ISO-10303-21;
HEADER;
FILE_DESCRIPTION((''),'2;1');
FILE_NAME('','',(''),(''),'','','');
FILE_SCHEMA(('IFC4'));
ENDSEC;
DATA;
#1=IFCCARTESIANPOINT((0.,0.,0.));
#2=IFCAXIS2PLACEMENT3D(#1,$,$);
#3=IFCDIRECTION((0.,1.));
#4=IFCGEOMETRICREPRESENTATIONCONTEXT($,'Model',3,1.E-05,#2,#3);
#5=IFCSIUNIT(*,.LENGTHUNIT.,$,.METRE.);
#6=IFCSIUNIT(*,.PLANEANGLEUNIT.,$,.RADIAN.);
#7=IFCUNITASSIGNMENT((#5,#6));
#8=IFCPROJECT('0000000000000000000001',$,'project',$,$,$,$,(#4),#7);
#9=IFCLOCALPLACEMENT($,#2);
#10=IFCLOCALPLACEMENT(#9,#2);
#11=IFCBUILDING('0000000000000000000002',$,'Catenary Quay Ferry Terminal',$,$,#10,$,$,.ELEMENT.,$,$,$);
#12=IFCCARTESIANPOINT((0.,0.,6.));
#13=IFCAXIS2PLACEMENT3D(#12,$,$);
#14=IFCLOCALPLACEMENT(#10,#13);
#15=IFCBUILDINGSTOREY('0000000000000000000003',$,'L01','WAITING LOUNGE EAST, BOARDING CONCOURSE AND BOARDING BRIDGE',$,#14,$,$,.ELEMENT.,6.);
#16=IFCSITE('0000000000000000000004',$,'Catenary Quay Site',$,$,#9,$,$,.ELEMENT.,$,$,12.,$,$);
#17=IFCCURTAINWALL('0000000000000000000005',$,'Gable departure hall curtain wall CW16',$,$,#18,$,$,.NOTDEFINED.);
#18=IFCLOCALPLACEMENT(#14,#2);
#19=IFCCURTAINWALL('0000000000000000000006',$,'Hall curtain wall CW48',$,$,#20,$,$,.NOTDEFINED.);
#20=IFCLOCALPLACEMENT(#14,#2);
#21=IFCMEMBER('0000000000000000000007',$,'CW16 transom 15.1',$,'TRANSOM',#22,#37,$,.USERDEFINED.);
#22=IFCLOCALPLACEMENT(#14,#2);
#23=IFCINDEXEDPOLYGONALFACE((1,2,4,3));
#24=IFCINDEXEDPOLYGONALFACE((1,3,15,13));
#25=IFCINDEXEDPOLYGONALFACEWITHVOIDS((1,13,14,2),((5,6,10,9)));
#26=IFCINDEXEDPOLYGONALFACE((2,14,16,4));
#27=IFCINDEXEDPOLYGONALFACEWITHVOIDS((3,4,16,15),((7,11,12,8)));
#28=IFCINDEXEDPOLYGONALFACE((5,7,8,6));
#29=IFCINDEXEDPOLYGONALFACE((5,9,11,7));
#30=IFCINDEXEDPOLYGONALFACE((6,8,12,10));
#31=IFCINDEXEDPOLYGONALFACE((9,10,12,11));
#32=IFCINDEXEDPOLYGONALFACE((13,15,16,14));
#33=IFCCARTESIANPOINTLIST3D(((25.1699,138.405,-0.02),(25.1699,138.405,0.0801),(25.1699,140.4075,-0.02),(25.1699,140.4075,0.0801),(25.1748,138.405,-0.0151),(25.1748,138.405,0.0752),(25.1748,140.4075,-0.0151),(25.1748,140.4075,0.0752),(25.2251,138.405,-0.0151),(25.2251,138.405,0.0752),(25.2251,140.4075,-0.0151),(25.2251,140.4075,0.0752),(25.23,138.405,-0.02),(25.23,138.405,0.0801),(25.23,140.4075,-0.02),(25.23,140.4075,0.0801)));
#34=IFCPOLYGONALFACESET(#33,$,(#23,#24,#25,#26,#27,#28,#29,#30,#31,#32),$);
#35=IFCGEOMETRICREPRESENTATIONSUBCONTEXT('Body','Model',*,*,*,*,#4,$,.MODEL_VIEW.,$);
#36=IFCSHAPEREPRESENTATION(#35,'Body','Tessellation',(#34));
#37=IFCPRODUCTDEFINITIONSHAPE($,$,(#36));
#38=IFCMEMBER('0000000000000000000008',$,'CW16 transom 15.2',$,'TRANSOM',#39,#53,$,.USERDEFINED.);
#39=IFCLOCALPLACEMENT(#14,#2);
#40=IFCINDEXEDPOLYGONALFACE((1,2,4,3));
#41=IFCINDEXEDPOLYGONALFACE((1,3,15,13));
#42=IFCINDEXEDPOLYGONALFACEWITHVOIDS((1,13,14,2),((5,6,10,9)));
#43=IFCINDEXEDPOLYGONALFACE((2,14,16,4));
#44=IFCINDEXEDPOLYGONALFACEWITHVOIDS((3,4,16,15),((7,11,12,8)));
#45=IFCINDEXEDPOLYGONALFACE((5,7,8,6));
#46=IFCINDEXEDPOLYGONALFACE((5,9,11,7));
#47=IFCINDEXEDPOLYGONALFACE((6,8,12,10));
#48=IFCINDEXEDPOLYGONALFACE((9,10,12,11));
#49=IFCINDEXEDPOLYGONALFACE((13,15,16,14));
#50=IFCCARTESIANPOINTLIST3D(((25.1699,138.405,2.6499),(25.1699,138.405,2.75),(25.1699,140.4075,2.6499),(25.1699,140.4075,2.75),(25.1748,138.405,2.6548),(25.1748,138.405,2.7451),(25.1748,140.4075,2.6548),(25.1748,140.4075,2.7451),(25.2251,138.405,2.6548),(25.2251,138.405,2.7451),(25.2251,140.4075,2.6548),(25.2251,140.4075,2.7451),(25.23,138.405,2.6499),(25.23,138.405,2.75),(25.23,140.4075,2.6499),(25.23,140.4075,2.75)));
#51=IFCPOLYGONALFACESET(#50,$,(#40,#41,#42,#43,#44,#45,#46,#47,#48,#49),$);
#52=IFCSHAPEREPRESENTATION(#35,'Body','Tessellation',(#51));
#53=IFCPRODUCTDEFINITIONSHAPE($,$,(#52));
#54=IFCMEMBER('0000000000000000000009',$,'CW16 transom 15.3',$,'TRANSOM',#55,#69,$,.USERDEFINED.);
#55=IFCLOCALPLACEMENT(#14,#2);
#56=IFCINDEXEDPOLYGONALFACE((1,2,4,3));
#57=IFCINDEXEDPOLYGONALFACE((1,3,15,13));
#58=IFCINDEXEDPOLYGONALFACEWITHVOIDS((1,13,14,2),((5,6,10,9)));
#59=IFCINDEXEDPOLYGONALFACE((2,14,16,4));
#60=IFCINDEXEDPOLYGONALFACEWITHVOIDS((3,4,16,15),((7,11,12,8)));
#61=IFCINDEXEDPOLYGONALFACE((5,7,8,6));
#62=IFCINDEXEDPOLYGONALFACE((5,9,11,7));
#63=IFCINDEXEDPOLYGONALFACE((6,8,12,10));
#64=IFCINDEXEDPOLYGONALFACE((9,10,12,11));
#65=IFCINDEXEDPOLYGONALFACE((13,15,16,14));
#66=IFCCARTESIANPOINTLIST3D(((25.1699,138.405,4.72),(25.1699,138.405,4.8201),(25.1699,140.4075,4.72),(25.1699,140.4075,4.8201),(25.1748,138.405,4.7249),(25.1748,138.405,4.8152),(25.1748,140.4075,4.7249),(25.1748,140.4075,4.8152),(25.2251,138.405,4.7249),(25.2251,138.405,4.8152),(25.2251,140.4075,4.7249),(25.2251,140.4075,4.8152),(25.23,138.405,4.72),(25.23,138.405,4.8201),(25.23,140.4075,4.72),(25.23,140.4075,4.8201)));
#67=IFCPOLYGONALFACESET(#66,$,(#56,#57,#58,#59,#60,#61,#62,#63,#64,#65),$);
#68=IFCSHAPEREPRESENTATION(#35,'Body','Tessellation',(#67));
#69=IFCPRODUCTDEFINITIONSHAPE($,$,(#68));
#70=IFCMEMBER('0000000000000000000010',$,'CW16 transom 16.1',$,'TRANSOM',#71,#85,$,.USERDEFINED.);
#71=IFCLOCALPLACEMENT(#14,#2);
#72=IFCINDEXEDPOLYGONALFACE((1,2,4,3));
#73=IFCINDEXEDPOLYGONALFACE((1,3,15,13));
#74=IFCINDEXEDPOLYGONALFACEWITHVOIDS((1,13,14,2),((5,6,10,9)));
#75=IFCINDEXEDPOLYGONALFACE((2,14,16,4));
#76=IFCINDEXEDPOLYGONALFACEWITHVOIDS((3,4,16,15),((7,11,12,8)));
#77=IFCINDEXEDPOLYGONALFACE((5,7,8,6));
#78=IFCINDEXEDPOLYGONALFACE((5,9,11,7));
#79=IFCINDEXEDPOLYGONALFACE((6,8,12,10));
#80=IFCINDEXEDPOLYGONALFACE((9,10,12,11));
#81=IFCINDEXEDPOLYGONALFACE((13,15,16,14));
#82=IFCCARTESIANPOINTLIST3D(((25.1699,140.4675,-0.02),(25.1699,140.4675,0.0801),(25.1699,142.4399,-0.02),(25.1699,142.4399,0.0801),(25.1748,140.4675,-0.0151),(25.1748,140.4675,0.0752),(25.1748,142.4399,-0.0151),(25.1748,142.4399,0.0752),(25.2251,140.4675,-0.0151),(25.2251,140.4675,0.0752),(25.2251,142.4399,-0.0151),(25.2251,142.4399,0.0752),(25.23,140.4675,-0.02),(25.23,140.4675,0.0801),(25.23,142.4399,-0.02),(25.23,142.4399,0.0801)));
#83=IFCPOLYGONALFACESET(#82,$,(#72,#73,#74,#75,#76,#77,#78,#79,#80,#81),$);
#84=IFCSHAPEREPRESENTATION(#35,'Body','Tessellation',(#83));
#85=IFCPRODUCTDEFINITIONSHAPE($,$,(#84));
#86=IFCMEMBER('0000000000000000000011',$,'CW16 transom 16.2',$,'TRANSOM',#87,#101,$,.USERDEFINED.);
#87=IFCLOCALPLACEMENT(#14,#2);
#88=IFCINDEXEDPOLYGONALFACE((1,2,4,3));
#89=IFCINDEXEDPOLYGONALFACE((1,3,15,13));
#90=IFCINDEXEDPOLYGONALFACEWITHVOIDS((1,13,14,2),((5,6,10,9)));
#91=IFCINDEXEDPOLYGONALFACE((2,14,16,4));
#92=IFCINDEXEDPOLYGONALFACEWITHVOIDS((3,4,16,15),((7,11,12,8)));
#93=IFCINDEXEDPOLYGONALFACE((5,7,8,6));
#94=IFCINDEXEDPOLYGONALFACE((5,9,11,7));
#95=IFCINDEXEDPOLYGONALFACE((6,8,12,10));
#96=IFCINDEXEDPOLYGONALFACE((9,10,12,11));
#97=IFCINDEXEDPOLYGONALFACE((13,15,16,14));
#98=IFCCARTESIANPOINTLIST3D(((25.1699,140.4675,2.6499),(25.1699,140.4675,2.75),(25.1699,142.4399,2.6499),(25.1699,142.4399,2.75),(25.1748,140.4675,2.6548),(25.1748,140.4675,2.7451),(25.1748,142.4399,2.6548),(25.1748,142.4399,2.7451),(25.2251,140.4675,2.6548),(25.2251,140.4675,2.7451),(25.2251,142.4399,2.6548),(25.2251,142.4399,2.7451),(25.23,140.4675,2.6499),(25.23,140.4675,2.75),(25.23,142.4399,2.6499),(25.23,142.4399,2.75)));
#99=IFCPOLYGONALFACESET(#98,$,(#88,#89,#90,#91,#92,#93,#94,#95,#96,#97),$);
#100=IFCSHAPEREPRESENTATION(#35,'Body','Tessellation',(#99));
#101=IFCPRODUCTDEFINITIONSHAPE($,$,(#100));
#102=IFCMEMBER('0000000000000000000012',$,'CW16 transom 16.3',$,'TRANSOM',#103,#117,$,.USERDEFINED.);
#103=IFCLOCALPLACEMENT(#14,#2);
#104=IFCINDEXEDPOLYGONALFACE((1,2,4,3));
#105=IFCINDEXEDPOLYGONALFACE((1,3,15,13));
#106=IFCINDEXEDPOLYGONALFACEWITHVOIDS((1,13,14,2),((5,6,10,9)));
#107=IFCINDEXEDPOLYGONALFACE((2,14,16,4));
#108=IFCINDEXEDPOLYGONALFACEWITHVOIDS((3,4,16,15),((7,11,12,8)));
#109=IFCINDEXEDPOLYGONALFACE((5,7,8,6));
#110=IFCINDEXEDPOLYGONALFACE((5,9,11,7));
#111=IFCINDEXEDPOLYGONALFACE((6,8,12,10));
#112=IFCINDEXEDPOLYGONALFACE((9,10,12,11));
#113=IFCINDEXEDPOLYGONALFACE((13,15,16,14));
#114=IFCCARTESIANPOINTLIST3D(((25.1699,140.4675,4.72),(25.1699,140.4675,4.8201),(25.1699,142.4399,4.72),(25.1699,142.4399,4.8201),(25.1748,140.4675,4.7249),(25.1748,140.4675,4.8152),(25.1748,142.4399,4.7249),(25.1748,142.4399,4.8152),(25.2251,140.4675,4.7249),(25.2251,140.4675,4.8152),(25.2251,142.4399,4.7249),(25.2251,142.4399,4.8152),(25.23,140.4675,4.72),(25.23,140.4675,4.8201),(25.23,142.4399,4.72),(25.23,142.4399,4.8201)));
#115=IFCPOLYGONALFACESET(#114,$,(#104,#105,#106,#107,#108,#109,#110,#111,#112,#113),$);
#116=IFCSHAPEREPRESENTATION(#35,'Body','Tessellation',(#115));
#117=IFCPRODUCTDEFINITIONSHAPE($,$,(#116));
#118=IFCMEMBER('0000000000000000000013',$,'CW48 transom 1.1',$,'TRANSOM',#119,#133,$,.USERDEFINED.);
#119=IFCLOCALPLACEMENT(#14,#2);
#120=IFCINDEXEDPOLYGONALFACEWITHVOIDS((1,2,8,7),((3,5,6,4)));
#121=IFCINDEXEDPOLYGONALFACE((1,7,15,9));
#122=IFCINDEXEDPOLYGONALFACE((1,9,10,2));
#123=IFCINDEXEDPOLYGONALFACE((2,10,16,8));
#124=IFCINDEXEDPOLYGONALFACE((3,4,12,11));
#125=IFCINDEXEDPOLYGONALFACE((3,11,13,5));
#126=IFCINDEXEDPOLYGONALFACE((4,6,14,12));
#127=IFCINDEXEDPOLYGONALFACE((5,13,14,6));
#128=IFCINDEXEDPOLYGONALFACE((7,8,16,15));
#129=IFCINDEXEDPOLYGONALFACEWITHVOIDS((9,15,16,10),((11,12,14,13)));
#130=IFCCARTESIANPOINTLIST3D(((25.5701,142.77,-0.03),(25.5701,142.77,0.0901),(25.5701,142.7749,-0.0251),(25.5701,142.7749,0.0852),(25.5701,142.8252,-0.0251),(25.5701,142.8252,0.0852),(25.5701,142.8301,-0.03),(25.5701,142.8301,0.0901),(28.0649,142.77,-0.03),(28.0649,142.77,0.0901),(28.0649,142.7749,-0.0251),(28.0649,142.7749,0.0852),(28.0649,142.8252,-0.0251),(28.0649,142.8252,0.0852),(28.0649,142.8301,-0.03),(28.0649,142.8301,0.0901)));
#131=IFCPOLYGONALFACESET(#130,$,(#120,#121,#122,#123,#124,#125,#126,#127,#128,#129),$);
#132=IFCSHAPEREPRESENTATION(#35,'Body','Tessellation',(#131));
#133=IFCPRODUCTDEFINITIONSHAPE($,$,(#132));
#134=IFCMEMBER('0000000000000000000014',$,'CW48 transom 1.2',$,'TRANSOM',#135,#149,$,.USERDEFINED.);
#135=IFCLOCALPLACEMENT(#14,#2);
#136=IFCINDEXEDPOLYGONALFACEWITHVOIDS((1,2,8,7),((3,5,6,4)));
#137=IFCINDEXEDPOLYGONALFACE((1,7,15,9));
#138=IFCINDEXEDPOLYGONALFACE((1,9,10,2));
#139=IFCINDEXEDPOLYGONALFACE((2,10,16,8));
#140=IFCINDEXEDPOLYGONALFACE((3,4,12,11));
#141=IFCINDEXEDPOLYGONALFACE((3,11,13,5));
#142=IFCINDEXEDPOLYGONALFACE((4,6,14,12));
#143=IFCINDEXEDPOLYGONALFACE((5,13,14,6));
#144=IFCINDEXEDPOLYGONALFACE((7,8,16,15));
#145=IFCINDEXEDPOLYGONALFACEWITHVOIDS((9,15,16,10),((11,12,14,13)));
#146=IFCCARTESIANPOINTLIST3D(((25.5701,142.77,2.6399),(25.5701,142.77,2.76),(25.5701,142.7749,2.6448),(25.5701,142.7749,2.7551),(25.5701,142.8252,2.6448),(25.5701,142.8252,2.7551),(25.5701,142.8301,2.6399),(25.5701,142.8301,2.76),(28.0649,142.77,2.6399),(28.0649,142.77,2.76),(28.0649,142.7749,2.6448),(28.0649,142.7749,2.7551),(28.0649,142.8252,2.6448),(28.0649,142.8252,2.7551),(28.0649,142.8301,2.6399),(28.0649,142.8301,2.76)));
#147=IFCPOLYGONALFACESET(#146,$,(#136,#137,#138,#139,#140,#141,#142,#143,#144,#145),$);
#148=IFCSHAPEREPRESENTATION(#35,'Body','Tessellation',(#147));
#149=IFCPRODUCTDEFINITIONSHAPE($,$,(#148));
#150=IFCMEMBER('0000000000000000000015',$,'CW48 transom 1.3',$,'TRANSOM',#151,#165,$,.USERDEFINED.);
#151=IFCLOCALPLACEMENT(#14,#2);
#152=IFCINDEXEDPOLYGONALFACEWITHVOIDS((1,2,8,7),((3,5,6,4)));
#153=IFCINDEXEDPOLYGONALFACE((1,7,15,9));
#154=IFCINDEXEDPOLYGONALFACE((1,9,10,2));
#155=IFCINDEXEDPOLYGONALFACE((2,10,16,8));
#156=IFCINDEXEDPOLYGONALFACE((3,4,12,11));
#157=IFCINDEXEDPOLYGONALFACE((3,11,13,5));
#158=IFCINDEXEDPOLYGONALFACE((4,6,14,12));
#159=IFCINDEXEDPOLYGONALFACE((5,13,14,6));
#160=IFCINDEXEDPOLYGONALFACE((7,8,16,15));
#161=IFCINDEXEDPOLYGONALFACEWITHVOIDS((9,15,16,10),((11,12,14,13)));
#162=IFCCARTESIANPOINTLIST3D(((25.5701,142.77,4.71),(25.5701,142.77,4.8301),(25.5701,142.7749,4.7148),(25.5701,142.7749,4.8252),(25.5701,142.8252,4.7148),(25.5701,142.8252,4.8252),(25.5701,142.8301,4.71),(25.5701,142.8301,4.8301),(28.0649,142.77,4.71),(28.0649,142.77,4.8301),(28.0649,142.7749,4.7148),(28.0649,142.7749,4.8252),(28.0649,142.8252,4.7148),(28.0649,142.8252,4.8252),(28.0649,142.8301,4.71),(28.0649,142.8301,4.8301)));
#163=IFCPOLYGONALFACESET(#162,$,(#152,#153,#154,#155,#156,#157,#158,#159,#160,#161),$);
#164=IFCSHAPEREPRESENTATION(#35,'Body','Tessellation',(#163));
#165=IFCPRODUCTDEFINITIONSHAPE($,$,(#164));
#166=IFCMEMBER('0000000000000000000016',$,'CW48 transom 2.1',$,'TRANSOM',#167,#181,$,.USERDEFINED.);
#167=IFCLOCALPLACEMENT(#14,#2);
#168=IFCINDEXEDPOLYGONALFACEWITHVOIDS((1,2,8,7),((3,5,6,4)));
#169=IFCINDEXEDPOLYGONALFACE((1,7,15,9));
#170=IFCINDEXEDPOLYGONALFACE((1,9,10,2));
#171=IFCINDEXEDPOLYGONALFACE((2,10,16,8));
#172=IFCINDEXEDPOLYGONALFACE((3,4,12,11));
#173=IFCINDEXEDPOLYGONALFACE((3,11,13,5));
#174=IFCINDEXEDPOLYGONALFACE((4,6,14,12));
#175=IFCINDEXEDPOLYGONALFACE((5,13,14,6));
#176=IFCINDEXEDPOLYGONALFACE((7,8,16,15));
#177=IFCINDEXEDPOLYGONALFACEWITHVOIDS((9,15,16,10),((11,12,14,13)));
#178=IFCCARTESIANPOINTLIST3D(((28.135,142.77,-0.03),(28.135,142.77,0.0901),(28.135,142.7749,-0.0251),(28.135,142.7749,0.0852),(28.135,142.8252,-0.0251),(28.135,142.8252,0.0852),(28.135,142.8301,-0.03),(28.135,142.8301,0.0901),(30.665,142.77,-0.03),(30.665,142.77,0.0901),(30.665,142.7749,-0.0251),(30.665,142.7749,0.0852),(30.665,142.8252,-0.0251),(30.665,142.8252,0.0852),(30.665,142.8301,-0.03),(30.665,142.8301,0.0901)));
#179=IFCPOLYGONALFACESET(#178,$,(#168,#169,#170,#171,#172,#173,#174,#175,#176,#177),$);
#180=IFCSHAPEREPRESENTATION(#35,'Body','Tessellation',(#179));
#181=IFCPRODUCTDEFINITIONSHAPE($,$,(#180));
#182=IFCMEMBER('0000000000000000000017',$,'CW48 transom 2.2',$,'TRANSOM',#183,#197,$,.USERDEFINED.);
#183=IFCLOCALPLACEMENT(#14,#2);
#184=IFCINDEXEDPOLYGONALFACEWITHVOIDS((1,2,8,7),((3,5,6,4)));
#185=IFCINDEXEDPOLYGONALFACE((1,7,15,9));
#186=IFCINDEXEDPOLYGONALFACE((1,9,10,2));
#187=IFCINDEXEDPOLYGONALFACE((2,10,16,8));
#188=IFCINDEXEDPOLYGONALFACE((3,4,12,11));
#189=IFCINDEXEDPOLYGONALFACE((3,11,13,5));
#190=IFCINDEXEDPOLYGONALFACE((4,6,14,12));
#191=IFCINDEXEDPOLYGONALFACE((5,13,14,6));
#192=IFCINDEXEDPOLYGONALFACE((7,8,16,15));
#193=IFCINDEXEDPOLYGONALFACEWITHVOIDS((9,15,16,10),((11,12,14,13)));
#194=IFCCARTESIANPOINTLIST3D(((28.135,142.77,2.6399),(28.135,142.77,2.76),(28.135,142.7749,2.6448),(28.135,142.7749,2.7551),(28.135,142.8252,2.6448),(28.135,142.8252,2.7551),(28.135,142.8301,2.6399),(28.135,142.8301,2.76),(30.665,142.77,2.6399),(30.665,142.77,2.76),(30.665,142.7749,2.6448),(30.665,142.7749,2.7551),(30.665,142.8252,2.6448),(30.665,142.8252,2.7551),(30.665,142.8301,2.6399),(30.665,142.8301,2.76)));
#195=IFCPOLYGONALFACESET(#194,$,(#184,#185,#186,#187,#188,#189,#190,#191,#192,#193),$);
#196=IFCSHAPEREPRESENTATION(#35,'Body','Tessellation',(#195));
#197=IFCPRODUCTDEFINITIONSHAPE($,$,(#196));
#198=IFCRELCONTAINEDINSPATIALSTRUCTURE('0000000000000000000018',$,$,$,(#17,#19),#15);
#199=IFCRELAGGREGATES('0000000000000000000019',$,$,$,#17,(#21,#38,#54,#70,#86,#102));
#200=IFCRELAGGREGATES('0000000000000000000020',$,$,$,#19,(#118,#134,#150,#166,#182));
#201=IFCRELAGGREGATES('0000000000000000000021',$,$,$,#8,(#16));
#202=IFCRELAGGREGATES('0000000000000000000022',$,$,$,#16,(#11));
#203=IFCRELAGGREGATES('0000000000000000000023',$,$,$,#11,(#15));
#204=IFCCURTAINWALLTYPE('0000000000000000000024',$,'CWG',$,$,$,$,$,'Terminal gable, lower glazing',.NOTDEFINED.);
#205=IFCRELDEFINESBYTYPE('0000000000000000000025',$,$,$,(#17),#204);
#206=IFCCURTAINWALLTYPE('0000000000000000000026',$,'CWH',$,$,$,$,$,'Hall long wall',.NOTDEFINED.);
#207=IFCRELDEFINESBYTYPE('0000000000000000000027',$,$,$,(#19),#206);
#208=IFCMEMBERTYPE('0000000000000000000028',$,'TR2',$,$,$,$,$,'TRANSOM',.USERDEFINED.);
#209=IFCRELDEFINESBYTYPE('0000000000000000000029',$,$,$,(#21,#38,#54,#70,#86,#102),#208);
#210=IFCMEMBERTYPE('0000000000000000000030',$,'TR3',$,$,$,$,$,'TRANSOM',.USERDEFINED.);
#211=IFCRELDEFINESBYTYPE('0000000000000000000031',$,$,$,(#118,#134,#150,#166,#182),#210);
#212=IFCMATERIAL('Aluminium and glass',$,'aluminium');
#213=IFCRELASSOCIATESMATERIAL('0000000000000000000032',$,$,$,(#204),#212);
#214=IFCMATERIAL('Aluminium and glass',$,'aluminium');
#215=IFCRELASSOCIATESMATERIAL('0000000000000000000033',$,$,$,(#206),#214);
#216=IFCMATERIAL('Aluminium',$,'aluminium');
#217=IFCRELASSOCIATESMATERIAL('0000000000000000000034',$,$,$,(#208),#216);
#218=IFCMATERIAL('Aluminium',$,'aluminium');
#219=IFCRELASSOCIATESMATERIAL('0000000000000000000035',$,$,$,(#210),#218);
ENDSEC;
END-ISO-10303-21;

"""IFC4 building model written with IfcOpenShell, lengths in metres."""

from ifc_helpers import new_model, si_unit, direction, frame, origin, origin_2d, place, context, subcontext, project, spatial, hollow_rectangle, extrude, material, material_profile, profile_set, type_object, element, aggregate, save


model = new_model("IFC4")

# Units and contexts
model_context = context("Model", 3, precision=1e-05, world=origin(), true_north=direction((0.0, 1.0)))
body_context = subcontext(model_context, "Body", "Model", "MODEL_VIEW")
ifc_project = project(units=[si_unit("LENGTHUNIT", "METRE"), si_unit("PLANEANGLEUNIT", "RADIAN")], contexts=[model_context])

# Site, building, storey
site_placement = place(None, origin())
site = spatial("IfcSite", under=ifc_project, at=site_placement, Name="Catenary Quay Site", CompositionType="ELEMENT", RefElevation=12.0)
building_placement = place(site_placement, origin())
building = spatial("IfcBuilding", under=site, at=building_placement, Name="Catenary Quay Ferry Terminal", CompositionType="ELEMENT")
storey_placement = place(building_placement, frame((0.0, 0.0, 6.0)))
storey = spatial("IfcBuildingStorey", under=building, at=storey_placement, Name="L01", Description="WAITING LOUNGE EAST, BOARDING CONCOURSE AND BOARDING BRIDGE", CompositionType="ELEMENT", Elevation=6.0)

# Curtain walls
ifc_material_1 = material(Name="Aluminium and glass", Category="aluminium")
curtain_wall_type_1 = type_object("IfcCurtainWallType", Name="CWG", ElementType="Terminal gable, lower glazing", PredefinedType="NOTDEFINED", material=ifc_material_1)
curtain_wall_1_placement = place(storey_placement, origin())
curtain_wall_1 = element("IfcCurtainWall", 1, at=curtain_wall_1_placement, inside=storey, type_object=curtain_wall_type_1, Name="Gable departure hall curtain wall CW16", PredefinedType="NOTDEFINED")
ifc_material_2 = material(Name="Aluminium and glass", Category="aluminium")
curtain_wall_type_2 = type_object("IfcCurtainWallType", Name="CWH", ElementType="Hall long wall", PredefinedType="NOTDEFINED", material=ifc_material_2)
curtain_wall_2_placement = place(storey_placement, origin())
curtain_wall_2 = element("IfcCurtainWall", 2, at=curtain_wall_2_placement, inside=storey, type_object=curtain_wall_type_2, Name="Hall curtain wall CW48", PredefinedType="NOTDEFINED")

# Members
ifc_material_3 = material(Name="Aluminium", Category="aluminium")
ifc_material_profile_1 = material_profile(ifc_material_3, hollow_rectangle(XDim=0.0601, YDim=0.1001, WallThickness=0.0049, at=origin_2d()), Name="TR2")
ifc_profile_set_1 = profile_set([ifc_material_profile_1], Name="Aluminium")
member_type_1 = type_object("IfcMemberType", Name="TR2", ElementType="TRANSOM", PredefinedType="USERDEFINED", material=ifc_profile_set_1)
member_1_placement = place(storey_placement, frame((25.2, 138.405, 0.03), z_axis=(0.0, 1.0, 0.0), x_axis=(-1.0, 0.0, 0.0)))
member_1 = element("IfcMember", 3, at=member_1_placement, type_object=member_type_1, Name="CW16 transom 15.1", ObjectType="TRANSOM", PredefinedType="USERDEFINED", context=body_context, shape_type="SweptSolid", body=[
    extrude(hollow_rectangle(XDim=0.0601, YDim=0.1001, WallThickness=0.0049, at=origin_2d()), origin(), (0.0, 0.0, 1.0), 2.0024),
])
member_2_placement = place(storey_placement, frame((25.2, 138.405, 2.7), z_axis=(0.0, 1.0, 0.0), x_axis=(-1.0, 0.0, 0.0)))
member_2 = element("IfcMember", 4, at=member_2_placement, type_object=member_type_1, Name="CW16 transom 15.2", ObjectType="TRANSOM", PredefinedType="USERDEFINED", context=body_context, shape_type="SweptSolid", body=[
    extrude(hollow_rectangle(XDim=0.0601, YDim=0.1001, WallThickness=0.0049, at=origin_2d()), origin(), (0.0, 0.0, 1.0), 2.0024),
])
member_3_placement = place(storey_placement, frame((25.2, 138.405, 4.77), z_axis=(0.0, 1.0, 0.0), x_axis=(-1.0, 0.0, 0.0)))
member_3 = element("IfcMember", 5, at=member_3_placement, type_object=member_type_1, Name="CW16 transom 15.3", ObjectType="TRANSOM", PredefinedType="USERDEFINED", context=body_context, shape_type="SweptSolid", body=[
    extrude(hollow_rectangle(XDim=0.0601, YDim=0.1001, WallThickness=0.0049, at=origin_2d()), origin(), (0.0, 0.0, 1.0), 2.0024),
])
member_4_placement = place(storey_placement, frame((25.2, 140.4675, 0.03), z_axis=(0.0, 1.0, 0.0), x_axis=(-1.0, 0.0, 0.0)))
member_4 = element("IfcMember", 6, at=member_4_placement, type_object=member_type_1, Name="CW16 transom 16.1", ObjectType="TRANSOM", PredefinedType="USERDEFINED", context=body_context, shape_type="SweptSolid", body=[
    extrude(hollow_rectangle(XDim=0.0601, YDim=0.1001, WallThickness=0.0049, at=origin_2d()), origin(), (0.0, 0.0, 1.0), 1.9724),
])
member_5_placement = place(storey_placement, frame((25.2, 140.4675, 2.7), z_axis=(0.0, 1.0, 0.0), x_axis=(-1.0, 0.0, 0.0)))
member_5 = element("IfcMember", 7, at=member_5_placement, type_object=member_type_1, Name="CW16 transom 16.2", ObjectType="TRANSOM", PredefinedType="USERDEFINED", context=body_context, shape_type="SweptSolid", body=[
    extrude(hollow_rectangle(XDim=0.0601, YDim=0.1001, WallThickness=0.0049, at=origin_2d()), origin(), (0.0, 0.0, 1.0), 1.9724),
])
member_6_placement = place(storey_placement, frame((25.2, 140.4675, 4.77), z_axis=(0.0, 1.0, 0.0), x_axis=(-1.0, 0.0, 0.0)))
member_6 = element("IfcMember", 8, at=member_6_placement, type_object=member_type_1, Name="CW16 transom 16.3", ObjectType="TRANSOM", PredefinedType="USERDEFINED", context=body_context, shape_type="SweptSolid", body=[
    extrude(hollow_rectangle(XDim=0.0601, YDim=0.1001, WallThickness=0.0049, at=origin_2d()), origin(), (0.0, 0.0, 1.0), 1.9724),
])
ifc_material_4 = material(Name="Aluminium", Category="aluminium")
ifc_material_profile_2 = material_profile(ifc_material_4, hollow_rectangle(XDim=0.0601, YDim=0.1201, WallThickness=0.0049, at=origin_2d()), Name="TR3")
ifc_profile_set_2 = profile_set([ifc_material_profile_2], Name="Aluminium")
member_type_2 = type_object("IfcMemberType", Name="TR3", ElementType="TRANSOM", PredefinedType="USERDEFINED", material=ifc_profile_set_2)
member_7_placement = place(storey_placement, frame((25.5701, 142.8, 0.03), z_axis=(1.0, 0.0, 0.0), x_axis=(0.0, 1.0, 0.0)))
member_7 = element("IfcMember", 9, at=member_7_placement, type_object=member_type_2, Name="CW48 transom 1.1", ObjectType="TRANSOM", PredefinedType="USERDEFINED", context=body_context, shape_type="SweptSolid", body=[
    extrude(hollow_rectangle(XDim=0.0601, YDim=0.1201, WallThickness=0.0049, at=origin_2d()), origin(), (0.0, 0.0, 1.0), 2.4949),
])
member_8_placement = place(storey_placement, frame((25.5701, 142.8, 2.7), z_axis=(1.0, 0.0, 0.0), x_axis=(0.0, 1.0, 0.0)))
member_8 = element("IfcMember", 10, at=member_8_placement, type_object=member_type_2, Name="CW48 transom 1.2", ObjectType="TRANSOM", PredefinedType="USERDEFINED", context=body_context, shape_type="SweptSolid", body=[
    extrude(hollow_rectangle(XDim=0.0601, YDim=0.1201, WallThickness=0.0049, at=origin_2d()), origin(), (0.0, 0.0, 1.0), 2.4949),
])
member_9_placement = place(storey_placement, frame((25.5701, 142.8, 4.77), z_axis=(1.0, 0.0, 0.0), x_axis=(0.0, 1.0, 0.0)))
member_9 = element("IfcMember", 11, at=member_9_placement, type_object=member_type_2, Name="CW48 transom 1.3", ObjectType="TRANSOM", PredefinedType="USERDEFINED", context=body_context, shape_type="SweptSolid", body=[
    extrude(hollow_rectangle(XDim=0.0601, YDim=0.1201, WallThickness=0.0049, at=origin_2d()), origin(), (0.0, 0.0, 1.0), 2.4949),
])
member_10_placement = place(storey_placement, frame((28.135, 142.8, 0.03), z_axis=(1.0, 0.0, 0.0), x_axis=(0.0, 1.0, 0.0)))
member_10 = element("IfcMember", 12, at=member_10_placement, type_object=member_type_2, Name="CW48 transom 2.1", ObjectType="TRANSOM", PredefinedType="USERDEFINED", context=body_context, shape_type="SweptSolid", body=[
    extrude(hollow_rectangle(XDim=0.0601, YDim=0.1201, WallThickness=0.0049, at=origin_2d()), origin(), (0.0, 0.0, 1.0), 2.53),
])
member_11_placement = place(storey_placement, frame((28.135, 142.8, 2.7), z_axis=(1.0, 0.0, 0.0), x_axis=(0.0, 1.0, 0.0)))
member_11 = element("IfcMember", 13, at=member_11_placement, type_object=member_type_2, Name="CW48 transom 2.2", ObjectType="TRANSOM", PredefinedType="USERDEFINED", context=body_context, shape_type="SweptSolid", body=[
    extrude(hollow_rectangle(XDim=0.0601, YDim=0.1201, WallThickness=0.0049, at=origin_2d()), origin(), (0.0, 0.0, 1.0), 2.53),
])

aggregate(curtain_wall_1, [member_1, member_2, member_3, member_4, member_5, member_6])
aggregate(curtain_wall_2, [member_7, member_8, member_9, member_10, member_11])

save(model, "model.ifc")
